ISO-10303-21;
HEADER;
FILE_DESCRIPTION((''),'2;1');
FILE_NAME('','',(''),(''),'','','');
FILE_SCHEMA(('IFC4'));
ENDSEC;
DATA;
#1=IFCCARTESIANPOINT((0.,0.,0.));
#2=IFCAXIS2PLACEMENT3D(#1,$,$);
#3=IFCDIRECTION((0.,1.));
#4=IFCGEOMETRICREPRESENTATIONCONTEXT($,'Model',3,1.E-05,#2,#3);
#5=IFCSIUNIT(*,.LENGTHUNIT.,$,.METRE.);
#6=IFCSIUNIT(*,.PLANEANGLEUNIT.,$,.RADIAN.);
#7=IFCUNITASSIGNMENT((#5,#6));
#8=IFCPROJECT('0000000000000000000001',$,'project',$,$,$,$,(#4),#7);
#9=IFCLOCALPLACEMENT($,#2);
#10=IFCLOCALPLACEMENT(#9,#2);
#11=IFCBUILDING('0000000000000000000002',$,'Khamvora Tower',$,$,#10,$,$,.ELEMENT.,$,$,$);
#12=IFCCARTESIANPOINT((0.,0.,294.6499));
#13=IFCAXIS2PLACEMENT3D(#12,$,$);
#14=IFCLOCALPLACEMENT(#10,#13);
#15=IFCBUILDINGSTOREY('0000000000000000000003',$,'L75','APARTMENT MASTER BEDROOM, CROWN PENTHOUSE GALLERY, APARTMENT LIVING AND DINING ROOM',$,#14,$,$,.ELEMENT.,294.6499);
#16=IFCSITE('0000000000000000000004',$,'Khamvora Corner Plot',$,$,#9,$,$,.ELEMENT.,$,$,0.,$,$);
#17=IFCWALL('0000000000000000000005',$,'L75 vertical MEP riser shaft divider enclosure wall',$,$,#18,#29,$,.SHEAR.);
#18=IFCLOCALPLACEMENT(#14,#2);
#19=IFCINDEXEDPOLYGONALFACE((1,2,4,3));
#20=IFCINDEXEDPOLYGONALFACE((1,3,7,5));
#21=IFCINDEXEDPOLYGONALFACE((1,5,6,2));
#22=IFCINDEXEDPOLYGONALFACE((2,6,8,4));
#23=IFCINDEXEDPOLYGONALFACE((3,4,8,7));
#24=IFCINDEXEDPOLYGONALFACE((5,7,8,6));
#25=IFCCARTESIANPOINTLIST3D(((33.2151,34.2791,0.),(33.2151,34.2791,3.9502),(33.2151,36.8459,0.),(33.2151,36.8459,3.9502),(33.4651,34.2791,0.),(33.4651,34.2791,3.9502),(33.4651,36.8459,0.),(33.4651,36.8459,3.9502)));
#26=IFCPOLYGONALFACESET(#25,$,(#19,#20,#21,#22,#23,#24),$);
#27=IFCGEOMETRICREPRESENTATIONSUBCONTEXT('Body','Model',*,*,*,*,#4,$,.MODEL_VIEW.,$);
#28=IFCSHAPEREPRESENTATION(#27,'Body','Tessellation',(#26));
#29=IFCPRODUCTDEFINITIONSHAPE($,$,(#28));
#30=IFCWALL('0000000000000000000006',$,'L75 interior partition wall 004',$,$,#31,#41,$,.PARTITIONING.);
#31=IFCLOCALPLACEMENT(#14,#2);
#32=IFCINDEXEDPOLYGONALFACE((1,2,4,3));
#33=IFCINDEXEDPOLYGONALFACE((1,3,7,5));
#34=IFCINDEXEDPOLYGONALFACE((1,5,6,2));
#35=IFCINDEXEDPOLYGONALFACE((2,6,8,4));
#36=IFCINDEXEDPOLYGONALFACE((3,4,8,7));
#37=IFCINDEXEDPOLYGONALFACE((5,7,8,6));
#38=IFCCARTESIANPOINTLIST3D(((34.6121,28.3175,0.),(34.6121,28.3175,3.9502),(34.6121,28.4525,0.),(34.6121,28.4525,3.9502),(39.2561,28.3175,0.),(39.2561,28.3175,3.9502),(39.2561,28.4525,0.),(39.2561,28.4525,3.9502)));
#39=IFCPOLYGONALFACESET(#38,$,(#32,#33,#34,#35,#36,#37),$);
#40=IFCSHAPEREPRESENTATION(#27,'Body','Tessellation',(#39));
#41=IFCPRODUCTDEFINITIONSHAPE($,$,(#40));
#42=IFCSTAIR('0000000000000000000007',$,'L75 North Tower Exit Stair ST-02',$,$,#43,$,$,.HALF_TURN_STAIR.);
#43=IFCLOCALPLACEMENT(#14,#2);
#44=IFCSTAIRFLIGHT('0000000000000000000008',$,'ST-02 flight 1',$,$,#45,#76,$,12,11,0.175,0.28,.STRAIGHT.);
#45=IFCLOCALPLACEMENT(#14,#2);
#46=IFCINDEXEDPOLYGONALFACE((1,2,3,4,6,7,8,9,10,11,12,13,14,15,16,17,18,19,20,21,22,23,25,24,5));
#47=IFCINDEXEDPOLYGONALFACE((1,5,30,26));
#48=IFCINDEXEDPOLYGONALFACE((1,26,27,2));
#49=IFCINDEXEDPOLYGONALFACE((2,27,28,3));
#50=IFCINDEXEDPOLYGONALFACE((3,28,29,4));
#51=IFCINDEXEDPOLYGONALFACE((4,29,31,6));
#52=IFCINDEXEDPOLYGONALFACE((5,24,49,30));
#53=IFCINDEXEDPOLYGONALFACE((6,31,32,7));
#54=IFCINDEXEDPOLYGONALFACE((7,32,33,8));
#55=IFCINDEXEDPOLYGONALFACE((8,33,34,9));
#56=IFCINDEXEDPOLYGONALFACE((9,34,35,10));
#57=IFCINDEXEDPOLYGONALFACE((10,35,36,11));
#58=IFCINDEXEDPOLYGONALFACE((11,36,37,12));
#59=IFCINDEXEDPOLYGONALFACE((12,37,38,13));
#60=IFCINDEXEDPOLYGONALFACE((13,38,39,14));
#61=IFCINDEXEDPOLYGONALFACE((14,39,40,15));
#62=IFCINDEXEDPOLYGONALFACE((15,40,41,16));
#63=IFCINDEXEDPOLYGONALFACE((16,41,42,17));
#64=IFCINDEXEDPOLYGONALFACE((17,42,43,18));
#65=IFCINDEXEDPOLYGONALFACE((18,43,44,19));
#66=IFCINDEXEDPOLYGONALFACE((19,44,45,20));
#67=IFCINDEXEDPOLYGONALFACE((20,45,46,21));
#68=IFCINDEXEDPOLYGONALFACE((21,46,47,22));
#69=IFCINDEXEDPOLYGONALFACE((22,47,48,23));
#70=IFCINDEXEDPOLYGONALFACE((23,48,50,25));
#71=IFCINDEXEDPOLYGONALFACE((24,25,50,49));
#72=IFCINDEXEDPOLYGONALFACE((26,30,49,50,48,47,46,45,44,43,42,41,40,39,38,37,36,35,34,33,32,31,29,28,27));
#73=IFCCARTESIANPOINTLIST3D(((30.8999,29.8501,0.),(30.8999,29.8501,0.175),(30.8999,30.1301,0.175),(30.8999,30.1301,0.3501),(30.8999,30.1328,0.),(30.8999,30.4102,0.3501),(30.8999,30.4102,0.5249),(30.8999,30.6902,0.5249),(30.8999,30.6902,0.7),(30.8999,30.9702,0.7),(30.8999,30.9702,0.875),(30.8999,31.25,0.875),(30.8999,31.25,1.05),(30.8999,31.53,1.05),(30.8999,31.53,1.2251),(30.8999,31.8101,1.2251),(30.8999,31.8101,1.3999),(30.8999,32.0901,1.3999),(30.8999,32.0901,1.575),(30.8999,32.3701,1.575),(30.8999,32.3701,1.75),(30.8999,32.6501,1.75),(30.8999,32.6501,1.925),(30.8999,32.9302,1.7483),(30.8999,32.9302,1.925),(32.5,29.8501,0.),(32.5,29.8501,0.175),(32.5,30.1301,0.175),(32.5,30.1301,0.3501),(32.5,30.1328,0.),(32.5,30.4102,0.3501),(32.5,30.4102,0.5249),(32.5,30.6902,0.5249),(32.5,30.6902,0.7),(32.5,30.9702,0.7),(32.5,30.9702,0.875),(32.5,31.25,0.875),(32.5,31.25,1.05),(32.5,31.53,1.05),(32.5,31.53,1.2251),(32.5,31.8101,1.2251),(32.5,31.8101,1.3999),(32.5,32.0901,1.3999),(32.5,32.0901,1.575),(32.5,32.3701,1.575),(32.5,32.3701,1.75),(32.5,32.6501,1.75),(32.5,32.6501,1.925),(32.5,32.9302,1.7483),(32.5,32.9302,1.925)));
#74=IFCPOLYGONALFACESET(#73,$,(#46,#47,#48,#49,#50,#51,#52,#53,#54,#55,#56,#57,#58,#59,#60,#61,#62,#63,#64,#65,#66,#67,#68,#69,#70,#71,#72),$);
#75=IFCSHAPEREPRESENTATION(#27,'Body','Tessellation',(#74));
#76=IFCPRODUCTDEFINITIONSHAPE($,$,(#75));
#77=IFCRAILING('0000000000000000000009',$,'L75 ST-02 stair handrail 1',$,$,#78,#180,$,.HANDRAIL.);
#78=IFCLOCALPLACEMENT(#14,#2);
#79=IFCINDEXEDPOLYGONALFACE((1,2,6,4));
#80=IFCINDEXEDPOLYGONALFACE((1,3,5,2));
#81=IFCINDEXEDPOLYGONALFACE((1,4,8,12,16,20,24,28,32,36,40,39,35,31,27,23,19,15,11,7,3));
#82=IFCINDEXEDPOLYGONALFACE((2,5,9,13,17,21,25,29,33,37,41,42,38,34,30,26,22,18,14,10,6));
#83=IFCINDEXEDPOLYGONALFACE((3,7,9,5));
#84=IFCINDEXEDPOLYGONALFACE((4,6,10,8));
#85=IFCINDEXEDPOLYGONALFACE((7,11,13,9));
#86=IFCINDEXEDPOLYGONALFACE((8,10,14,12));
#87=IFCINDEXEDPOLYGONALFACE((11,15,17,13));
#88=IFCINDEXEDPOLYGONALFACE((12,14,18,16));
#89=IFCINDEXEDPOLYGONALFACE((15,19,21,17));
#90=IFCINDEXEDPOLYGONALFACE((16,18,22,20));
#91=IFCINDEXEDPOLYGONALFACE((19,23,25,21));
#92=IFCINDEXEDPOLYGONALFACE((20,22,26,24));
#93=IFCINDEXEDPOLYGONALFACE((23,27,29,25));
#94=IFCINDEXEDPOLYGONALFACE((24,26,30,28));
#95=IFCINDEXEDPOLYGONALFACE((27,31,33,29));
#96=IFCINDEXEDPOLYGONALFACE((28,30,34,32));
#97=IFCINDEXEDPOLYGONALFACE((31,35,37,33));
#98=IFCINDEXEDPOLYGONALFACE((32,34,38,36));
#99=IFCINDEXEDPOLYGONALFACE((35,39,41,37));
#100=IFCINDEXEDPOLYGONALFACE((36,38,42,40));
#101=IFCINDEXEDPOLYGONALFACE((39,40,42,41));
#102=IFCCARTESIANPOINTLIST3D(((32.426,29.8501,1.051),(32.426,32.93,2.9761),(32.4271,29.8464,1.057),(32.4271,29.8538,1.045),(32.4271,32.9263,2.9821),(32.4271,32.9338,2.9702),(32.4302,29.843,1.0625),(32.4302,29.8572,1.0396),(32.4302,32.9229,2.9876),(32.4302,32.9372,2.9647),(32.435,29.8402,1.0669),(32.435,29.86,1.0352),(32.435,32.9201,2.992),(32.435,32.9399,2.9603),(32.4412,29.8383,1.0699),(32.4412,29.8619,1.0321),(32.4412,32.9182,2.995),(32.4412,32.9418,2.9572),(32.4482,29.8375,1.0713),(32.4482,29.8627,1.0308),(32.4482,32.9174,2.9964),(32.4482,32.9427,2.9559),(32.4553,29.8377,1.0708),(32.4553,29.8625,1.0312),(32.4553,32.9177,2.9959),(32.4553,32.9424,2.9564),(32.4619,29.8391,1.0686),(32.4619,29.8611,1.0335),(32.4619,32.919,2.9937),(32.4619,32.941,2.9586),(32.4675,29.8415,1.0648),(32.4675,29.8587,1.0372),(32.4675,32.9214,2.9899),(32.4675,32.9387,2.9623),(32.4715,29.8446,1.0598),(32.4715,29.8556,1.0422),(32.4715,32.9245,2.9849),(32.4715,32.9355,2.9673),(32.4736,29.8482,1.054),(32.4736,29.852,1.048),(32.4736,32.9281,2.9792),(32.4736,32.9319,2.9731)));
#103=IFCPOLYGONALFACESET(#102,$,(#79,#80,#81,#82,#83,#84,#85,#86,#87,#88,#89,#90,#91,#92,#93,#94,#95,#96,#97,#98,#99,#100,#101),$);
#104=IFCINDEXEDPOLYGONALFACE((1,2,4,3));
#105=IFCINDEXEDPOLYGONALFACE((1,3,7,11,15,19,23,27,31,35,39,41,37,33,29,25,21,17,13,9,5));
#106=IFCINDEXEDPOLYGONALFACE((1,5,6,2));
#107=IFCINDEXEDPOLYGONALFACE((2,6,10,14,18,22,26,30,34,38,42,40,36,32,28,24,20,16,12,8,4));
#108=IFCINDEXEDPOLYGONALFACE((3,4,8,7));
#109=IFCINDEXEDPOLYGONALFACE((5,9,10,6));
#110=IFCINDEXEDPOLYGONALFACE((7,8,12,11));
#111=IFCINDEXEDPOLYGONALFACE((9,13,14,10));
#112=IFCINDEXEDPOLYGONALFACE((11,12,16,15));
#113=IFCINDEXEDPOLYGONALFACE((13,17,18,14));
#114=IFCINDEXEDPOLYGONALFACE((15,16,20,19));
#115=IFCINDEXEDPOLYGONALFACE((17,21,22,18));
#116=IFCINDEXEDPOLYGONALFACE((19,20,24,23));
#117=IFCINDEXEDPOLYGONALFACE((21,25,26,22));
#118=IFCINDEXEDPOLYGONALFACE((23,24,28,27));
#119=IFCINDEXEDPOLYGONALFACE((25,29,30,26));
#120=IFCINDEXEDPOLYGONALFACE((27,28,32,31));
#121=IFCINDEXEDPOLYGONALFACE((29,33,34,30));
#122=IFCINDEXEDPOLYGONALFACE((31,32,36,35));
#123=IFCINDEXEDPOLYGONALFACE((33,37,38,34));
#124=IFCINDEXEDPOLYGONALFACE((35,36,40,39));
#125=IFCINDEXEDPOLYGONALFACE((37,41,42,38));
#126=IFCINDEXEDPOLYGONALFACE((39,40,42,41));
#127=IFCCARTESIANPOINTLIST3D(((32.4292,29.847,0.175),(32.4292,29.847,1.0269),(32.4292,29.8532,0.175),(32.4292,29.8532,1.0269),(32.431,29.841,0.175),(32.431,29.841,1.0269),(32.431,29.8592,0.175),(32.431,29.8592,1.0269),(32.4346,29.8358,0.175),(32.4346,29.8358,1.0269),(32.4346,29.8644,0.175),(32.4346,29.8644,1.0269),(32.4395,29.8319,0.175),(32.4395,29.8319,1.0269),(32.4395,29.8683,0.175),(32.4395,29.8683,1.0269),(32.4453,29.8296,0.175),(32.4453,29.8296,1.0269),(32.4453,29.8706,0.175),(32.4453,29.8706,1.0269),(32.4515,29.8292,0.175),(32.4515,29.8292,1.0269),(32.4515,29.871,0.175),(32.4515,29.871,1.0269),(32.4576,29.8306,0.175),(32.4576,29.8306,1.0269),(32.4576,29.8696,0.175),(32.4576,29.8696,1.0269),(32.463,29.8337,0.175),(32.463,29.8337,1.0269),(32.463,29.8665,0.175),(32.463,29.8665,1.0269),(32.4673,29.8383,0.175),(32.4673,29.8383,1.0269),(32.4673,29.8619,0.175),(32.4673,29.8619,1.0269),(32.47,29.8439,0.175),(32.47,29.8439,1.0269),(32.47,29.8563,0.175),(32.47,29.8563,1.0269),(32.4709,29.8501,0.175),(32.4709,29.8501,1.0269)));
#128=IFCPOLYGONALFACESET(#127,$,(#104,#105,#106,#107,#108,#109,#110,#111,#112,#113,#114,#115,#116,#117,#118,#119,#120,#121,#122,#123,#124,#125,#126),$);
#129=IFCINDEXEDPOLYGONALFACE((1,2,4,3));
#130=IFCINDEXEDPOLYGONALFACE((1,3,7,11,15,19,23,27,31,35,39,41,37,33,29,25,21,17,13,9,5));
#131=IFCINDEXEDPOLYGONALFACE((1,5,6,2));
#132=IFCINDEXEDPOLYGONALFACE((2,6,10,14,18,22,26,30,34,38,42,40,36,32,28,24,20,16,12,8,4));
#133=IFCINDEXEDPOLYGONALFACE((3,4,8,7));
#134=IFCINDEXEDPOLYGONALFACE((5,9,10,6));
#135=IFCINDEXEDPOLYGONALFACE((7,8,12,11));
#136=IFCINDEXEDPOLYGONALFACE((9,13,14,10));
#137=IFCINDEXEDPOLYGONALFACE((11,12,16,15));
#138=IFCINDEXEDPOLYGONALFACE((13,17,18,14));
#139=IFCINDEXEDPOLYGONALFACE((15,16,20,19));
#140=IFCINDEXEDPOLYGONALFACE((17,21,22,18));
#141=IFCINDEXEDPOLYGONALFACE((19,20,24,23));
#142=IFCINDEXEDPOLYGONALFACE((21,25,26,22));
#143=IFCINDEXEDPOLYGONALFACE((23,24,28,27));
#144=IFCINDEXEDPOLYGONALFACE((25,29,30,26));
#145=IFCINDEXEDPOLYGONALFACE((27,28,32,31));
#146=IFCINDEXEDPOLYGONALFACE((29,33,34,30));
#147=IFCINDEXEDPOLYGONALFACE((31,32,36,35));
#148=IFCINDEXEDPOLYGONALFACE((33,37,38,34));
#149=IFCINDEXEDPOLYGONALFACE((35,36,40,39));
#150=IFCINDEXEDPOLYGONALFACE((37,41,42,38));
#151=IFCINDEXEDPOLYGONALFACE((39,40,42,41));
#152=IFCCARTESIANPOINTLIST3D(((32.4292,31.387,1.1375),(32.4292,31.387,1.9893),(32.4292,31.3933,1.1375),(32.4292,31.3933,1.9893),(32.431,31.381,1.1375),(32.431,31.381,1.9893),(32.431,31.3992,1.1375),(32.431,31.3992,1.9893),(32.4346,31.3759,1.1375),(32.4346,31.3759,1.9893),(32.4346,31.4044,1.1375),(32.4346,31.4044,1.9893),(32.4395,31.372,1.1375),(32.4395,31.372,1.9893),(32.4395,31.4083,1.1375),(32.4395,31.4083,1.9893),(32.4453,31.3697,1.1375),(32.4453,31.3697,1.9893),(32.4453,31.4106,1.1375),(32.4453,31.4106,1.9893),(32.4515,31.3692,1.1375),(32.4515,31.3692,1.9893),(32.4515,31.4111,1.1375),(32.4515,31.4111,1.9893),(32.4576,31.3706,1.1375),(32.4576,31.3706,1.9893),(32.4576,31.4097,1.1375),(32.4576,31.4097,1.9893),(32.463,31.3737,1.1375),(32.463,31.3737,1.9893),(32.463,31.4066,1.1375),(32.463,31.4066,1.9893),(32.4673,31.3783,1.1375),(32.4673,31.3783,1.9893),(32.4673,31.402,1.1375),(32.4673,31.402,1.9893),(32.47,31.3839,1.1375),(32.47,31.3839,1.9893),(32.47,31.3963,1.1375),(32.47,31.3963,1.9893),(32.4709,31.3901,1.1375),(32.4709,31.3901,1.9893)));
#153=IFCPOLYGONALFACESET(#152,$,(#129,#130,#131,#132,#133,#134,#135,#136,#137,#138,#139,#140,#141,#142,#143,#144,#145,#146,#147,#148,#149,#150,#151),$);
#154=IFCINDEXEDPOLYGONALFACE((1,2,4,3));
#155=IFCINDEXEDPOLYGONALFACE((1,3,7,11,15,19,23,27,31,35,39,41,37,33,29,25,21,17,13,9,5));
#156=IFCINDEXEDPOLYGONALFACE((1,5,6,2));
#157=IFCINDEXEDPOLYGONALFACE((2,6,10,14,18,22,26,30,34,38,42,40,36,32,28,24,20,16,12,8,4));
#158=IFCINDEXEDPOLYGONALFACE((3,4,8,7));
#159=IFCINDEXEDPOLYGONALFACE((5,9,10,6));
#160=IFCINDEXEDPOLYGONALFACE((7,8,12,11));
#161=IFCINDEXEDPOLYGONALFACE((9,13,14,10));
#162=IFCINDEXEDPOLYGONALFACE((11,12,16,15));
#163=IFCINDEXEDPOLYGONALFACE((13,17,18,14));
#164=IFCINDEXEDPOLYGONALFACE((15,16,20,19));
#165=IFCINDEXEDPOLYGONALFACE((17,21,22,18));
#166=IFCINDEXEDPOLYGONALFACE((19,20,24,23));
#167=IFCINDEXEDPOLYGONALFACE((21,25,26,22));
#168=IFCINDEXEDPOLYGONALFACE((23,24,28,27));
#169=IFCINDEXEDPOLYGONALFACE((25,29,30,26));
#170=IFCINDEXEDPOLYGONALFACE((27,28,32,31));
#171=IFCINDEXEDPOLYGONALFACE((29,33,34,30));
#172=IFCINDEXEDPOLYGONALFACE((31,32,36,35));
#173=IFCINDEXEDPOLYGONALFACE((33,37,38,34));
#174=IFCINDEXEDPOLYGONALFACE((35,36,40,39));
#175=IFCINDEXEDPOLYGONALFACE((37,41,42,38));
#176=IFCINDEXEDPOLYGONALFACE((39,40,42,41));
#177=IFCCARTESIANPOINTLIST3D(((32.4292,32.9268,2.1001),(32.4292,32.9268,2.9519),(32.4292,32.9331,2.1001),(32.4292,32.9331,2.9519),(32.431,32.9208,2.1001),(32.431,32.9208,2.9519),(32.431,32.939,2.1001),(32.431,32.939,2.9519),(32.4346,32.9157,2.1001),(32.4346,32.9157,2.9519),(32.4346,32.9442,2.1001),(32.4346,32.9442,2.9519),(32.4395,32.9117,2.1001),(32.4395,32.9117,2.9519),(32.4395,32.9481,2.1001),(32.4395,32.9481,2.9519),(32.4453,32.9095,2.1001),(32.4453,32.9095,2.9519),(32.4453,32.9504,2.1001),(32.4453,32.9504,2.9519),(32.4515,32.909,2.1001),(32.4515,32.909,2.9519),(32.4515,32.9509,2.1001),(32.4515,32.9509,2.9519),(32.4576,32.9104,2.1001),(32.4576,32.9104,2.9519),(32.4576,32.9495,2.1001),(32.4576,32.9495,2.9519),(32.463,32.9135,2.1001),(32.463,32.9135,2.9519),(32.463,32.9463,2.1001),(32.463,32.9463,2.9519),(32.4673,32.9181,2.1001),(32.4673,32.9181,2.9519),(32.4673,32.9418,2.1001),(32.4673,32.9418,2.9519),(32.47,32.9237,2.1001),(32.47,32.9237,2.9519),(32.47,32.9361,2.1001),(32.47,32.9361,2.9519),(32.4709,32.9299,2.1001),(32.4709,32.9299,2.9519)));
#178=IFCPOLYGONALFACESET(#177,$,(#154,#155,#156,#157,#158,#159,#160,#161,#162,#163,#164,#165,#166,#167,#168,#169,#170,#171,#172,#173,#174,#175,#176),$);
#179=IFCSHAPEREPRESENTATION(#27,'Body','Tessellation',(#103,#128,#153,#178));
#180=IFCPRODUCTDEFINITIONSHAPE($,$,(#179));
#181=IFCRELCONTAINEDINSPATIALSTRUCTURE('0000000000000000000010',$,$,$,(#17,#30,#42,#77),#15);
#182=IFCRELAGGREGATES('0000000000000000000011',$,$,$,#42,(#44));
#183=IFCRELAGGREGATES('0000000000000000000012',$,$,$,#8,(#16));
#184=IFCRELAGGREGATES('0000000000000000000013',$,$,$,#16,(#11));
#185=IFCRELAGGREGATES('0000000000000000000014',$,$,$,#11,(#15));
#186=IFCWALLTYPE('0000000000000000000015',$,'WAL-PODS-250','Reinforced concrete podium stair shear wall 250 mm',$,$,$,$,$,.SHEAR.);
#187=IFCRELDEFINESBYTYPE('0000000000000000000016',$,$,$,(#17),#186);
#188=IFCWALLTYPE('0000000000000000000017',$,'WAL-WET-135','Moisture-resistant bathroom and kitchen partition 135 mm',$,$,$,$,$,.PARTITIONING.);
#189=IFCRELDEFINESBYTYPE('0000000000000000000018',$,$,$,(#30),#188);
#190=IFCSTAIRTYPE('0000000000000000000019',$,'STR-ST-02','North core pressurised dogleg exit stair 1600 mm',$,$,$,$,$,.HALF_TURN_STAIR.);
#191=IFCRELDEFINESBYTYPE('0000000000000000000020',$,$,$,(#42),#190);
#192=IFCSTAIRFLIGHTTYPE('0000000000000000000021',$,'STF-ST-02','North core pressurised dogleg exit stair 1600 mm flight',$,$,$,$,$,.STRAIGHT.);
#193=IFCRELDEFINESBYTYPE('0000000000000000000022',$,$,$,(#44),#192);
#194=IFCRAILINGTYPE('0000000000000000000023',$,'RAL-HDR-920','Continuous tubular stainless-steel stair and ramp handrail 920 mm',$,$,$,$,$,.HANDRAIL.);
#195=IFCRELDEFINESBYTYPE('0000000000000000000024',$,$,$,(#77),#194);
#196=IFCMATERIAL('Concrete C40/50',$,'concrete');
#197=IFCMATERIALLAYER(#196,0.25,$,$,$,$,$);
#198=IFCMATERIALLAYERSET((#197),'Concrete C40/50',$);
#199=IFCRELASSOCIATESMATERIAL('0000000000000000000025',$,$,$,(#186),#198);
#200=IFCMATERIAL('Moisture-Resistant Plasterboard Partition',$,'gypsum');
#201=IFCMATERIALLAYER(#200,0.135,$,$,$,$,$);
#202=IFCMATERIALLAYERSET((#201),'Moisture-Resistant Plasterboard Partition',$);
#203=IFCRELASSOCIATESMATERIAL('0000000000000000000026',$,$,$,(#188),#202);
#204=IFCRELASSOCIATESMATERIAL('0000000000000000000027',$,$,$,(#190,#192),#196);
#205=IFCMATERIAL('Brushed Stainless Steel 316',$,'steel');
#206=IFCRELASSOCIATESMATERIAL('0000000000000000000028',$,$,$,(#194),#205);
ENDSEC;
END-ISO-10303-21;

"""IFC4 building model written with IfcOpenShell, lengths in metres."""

from ifc_helpers import new_model, si_unit, direction, frame, frame_2d, origin, origin_2d, place, context, subcontext, project, spatial, polyline, rectangle, circle, outline, extrude, material, layer, layer_set, type_object, element, aggregate, save


model = new_model("IFC4")

# Units and contexts
model_context = context("Model", 3, precision=1e-05, world=origin(), true_north=direction((0.0, 1.0)))
body_context = subcontext(model_context, "Body", "Model", "MODEL_VIEW")
ifc_project = project(units=[si_unit("LENGTHUNIT", "METRE"), si_unit("PLANEANGLEUNIT", "RADIAN")], contexts=[model_context])

# Site, building, storey
site_placement = place(None, origin())
site = spatial("IfcSite", under=ifc_project, at=site_placement, Name="Khamvora Corner Plot", CompositionType="ELEMENT", RefElevation=0.0)
building_placement = place(site_placement, origin())
building = spatial("IfcBuilding", under=site, at=building_placement, Name="Khamvora Tower", CompositionType="ELEMENT")
storey_placement = place(building_placement, frame((0.0, 0.0, 294.6499)))
storey = spatial("IfcBuildingStorey", under=building, at=storey_placement, Name="L75", Description="APARTMENT MASTER BEDROOM, CROWN PENTHOUSE GALLERY, APARTMENT LIVING AND DINING ROOM", CompositionType="ELEMENT", Elevation=294.6499)

# Walls
ifc_material_1 = material(Name="Concrete C40/50", Category="concrete")
ifc_layer_1 = layer(ifc_material_1, 0.25)
ifc_layer_set_1 = layer_set([ifc_layer_1], Name="Concrete C40/50")
wall_type_1 = type_object("IfcWallType", Name="WAL-PODS-250", Description="Reinforced concrete podium stair shear wall 250 mm", PredefinedType="SHEAR", material=ifc_layer_set_1)
wall_1_placement = place(storey_placement, frame((33.3401, 34.2791, 0.0), z_axis=(0.0, 0.0, 1.0), x_axis=(0.0, 1.0, 0.0)))
element("IfcWall", 1, at=wall_1_placement, inside=storey, type_object=wall_type_1, Name="L75 vertical MEP riser shaft divider enclosure wall", PredefinedType="SHEAR", context=body_context, shape_type="SweptSolid", body=[
    extrude(rectangle(XDim=2.5669, YDim=0.25, at=frame_2d((1.2834, 0.0))), origin(), (0.0, 0.0, 1.0), 3.9502),
])
ifc_material_2 = material(Name="Moisture-Resistant Plasterboard Partition", Category="gypsum")
ifc_layer_2 = layer(ifc_material_2, 0.135)
ifc_layer_set_2 = layer_set([ifc_layer_2], Name="Moisture-Resistant Plasterboard Partition")
wall_type_2 = type_object("IfcWallType", Name="WAL-WET-135", Description="Moisture-resistant bathroom and kitchen partition 135 mm", PredefinedType="PARTITIONING", material=ifc_layer_set_2)
wall_2_placement = place(storey_placement, frame((39.2561, 28.385, 0.0), z_axis=(0.0, 0.0, 1.0), x_axis=(-1.0, 0.0, 0.0)))
element("IfcWall", 2, at=wall_2_placement, inside=storey, type_object=wall_type_2, Name="L75 interior partition wall 004", PredefinedType="PARTITIONING", context=body_context, shape_type="SweptSolid", body=[
    extrude(rectangle(XDim=4.644, YDim=0.135, at=frame_2d((2.322, 0.0))), origin(), (0.0, 0.0, 1.0), 3.9502),
])

# Stair, stair flight
stair_type = type_object("IfcStairType", Name="STR-ST-02", Description="North core pressurised dogleg exit stair 1600 mm", PredefinedType="HALF_TURN_STAIR", material=ifc_material_1)
stair_placement = place(storey_placement, origin())
stair = element("IfcStair", 3, at=stair_placement, inside=storey, type_object=stair_type, Name="L75 North Tower Exit Stair ST-02", PredefinedType="HALF_TURN_STAIR")
stair_flight_type = type_object("IfcStairFlightType", Name="STF-ST-02", Description="North core pressurised dogleg exit stair 1600 mm flight", PredefinedType="STRAIGHT", material=ifc_material_1)
stair_flight_placement = place(storey_placement, frame((31.7, 29.8501, 0.0), z_axis=(0.0, 0.0, 1.0), x_axis=(0.0, 1.0, 0.0)))
stair_flight = element("IfcStairFlight", 4, at=stair_flight_placement, type_object=stair_flight_type, Name="ST-02 flight 1", NumberOfRisers=12, NumberOfTreads=11, PredefinedType="STRAIGHT", RiserHeight=0.175, TreadLength=0.28, context=body_context, shape_type="SweptSolid", body=[
    extrude(outline(polyline([(0.0, 0.0), (0.0, 0.175), (0.28, 0.175), (0.28, 0.3501), (0.5601, 0.3501), (0.5601, 0.5249), (0.8401, 0.5249), (0.8401, 0.7), (1.1201, 0.7), (1.1201, 0.875), (1.3999, 0.875), (1.3999, 1.05), (1.6799, 1.05), (1.6799, 1.2251), (1.96, 1.2251), (1.96, 1.3999), (2.24, 1.3999), (2.24, 1.575), (2.52, 1.575), (2.52, 1.75), (2.8, 1.75), (2.8, 1.925), (3.0801, 1.925), (3.0801, 2.1001), (3.0801, 1.7483), (0.2827, 0.0), (0.0, 0.0)])), frame((0.0, 0.8, 0.0), z_axis=(0.0, -1.0, 0.0), x_axis=(1.0, 0.0, 0.0)), (0.0, 0.0, 1.0), 1.6001),
])
aggregate(stair, [stair_flight])

# Railing
ifc_material_3 = material(Name="Brushed Stainless Steel 316", Category="steel")
railing_type_1 = type_object("IfcRailingType", Name="RAL-HDR-920", Description="Continuous tubular stainless-steel stair and ramp handrail 920 mm", PredefinedType="HANDRAIL", material=ifc_material_3)
railing_1_placement = place(storey_placement, frame((32.45, 29.8501, 0.175)))
element("IfcRailing", 5, at=railing_1_placement, inside=storey, type_object=railing_type_1, Name="L75 ST-02 stair handrail 1", PredefinedType="HANDRAIL", context=body_context, shape_type="SweptSolid", body=[
    extrude(circle(Radius=0.0239, at=origin_2d()), frame((0.0, 0.0, 0.876), z_axis=(0.0, 0.847979, 0.530029), x_axis=(-1.0, 0.0, 0.0)), (0.0, 0.0, 1.0), 3.6321),
    extrude(circle(Radius=0.021, at=origin_2d()), origin(), (0.0, 0.0, 1.0), 0.8518),
    extrude(circle(Radius=0.021, at=origin_2d()), frame((0.0, 1.54, 0.9624)), (0.0, 0.0, 1.0), 0.8518),
    extrude(circle(Radius=0.021, at=origin_2d()), frame((0.0, 3.0798, 1.925)), (0.0, 0.0, 1.0), 0.8518),
])

save(model, "model.ifc")
